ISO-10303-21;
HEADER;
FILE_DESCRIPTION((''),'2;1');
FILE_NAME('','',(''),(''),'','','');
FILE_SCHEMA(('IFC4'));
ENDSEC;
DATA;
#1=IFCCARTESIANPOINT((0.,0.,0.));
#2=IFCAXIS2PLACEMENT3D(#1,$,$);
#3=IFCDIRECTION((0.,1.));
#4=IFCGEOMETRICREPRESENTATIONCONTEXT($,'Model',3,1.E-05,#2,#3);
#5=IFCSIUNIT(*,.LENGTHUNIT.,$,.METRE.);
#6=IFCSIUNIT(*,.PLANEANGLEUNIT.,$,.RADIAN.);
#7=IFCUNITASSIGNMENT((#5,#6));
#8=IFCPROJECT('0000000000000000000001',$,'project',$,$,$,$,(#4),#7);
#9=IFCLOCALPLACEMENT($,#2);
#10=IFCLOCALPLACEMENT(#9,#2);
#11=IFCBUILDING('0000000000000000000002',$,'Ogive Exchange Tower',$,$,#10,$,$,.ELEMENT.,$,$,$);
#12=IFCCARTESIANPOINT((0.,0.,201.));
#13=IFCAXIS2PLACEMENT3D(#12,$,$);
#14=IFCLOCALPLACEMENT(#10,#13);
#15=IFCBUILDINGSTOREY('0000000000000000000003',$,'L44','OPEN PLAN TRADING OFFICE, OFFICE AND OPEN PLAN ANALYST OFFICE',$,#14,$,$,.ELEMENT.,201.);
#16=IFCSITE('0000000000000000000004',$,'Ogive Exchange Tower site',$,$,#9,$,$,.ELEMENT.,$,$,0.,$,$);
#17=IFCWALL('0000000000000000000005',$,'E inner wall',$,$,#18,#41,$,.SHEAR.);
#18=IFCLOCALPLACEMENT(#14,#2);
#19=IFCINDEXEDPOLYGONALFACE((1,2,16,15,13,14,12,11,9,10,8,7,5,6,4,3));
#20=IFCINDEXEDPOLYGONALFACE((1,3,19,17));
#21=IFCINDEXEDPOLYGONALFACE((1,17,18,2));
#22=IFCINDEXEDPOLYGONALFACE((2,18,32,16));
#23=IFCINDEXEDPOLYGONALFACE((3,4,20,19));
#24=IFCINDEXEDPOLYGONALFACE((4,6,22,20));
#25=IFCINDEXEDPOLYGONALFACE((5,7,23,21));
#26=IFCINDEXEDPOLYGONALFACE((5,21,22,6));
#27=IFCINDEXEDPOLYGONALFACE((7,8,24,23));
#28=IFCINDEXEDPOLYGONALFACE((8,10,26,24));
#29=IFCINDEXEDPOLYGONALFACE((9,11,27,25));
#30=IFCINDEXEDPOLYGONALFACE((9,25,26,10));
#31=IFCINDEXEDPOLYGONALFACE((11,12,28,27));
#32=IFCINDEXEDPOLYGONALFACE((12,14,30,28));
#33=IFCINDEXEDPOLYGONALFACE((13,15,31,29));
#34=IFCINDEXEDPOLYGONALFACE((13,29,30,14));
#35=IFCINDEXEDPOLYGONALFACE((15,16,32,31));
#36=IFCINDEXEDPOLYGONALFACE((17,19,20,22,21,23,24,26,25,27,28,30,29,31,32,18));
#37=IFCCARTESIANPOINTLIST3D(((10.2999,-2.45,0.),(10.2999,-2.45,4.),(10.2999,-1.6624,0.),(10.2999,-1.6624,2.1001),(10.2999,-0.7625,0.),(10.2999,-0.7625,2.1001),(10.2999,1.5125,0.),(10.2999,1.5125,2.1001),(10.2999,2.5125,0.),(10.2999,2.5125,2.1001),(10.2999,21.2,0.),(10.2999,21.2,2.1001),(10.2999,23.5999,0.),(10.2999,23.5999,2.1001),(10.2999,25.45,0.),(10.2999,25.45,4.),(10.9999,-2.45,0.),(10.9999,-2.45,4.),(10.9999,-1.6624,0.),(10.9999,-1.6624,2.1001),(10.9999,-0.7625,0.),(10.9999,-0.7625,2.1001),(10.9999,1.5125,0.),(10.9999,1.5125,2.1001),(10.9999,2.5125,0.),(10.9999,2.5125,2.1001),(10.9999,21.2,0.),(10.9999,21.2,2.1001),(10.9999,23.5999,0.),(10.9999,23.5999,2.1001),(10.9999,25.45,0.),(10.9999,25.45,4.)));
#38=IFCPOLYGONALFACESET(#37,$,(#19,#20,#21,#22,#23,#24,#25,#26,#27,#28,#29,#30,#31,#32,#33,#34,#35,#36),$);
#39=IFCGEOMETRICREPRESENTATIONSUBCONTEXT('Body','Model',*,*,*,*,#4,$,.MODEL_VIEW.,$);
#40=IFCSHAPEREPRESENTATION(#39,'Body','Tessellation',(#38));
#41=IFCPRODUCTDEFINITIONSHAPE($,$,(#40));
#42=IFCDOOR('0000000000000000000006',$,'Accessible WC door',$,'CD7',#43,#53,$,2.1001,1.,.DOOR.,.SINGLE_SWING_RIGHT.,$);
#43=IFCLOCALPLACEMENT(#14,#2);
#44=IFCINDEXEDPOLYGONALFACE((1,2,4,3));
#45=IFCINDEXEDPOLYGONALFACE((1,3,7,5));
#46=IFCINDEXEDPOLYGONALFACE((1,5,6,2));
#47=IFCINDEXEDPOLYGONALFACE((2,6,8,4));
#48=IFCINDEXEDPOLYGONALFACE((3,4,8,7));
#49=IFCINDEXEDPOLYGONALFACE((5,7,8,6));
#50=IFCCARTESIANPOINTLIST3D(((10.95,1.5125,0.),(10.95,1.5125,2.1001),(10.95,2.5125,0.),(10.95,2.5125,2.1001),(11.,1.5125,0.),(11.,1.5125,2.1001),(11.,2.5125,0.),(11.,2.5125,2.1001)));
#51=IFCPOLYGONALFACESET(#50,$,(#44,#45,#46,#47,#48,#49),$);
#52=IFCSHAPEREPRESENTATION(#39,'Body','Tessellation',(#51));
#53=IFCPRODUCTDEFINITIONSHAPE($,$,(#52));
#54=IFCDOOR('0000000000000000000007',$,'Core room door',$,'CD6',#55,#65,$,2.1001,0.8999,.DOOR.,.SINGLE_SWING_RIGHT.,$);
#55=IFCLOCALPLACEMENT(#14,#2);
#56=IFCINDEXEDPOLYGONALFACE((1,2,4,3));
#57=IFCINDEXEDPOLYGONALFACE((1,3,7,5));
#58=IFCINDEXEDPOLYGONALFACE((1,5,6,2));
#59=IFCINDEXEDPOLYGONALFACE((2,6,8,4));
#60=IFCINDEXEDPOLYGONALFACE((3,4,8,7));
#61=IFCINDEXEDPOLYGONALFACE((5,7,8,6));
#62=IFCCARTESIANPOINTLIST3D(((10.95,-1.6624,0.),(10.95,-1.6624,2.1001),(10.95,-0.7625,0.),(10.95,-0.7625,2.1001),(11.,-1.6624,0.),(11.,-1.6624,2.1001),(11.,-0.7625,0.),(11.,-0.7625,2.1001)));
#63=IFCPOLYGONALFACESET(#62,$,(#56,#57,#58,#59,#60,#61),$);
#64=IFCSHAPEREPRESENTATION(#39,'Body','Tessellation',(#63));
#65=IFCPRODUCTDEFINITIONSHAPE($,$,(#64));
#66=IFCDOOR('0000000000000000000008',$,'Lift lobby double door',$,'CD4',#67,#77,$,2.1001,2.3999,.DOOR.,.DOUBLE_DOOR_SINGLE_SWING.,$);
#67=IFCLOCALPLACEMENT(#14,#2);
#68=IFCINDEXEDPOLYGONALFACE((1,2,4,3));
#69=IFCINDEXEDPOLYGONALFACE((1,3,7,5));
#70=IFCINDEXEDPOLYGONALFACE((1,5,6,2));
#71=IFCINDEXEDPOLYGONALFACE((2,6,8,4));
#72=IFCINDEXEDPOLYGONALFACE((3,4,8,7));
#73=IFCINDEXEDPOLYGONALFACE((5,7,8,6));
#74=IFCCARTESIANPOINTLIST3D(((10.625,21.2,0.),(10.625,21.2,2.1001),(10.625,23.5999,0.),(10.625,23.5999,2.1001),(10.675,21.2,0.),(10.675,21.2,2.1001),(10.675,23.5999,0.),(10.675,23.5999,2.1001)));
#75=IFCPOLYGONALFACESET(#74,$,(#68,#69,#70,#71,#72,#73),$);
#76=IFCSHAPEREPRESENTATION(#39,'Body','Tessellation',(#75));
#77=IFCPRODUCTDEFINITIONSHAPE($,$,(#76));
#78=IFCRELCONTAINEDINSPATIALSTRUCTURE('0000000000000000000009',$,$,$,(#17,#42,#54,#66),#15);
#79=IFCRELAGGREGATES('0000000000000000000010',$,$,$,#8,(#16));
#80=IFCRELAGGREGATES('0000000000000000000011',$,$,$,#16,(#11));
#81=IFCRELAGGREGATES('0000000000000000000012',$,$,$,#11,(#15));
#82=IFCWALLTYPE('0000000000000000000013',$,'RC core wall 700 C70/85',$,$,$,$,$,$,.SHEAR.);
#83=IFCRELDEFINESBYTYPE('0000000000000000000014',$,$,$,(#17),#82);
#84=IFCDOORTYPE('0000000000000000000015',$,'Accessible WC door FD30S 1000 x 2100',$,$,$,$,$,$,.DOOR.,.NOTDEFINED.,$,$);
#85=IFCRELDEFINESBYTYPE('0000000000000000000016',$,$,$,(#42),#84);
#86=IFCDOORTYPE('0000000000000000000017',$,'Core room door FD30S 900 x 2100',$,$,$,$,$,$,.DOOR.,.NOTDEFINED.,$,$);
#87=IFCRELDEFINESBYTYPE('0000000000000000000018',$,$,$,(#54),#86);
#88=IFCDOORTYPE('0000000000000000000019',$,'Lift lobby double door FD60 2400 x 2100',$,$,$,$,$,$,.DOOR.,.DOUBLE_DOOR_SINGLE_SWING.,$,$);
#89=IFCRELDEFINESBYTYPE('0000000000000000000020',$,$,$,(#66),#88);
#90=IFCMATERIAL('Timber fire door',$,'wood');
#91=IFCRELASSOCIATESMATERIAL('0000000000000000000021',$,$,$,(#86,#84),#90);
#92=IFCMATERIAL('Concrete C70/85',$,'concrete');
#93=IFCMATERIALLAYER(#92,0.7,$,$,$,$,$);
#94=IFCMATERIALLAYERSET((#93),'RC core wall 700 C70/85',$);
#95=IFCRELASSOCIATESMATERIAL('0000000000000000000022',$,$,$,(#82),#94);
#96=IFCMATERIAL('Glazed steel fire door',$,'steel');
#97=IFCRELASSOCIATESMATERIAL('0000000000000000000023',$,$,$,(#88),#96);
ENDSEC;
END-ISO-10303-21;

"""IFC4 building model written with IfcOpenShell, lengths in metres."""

from ifc_helpers import new_model, si_unit, direction, frame, frame_2d, origin, place, context, subcontext, project, spatial, rectangle, extrude, material, layer, layer_set, type_object, element, fill, save


model = new_model("IFC4")

# Units and contexts
model_context = context("Model", 3, precision=1e-05, world=origin(), true_north=direction((0.0, 1.0)))
body_context = subcontext(model_context, "Body", "Model", "MODEL_VIEW")
ifc_project = project(units=[si_unit("LENGTHUNIT", "METRE"), si_unit("PLANEANGLEUNIT", "RADIAN")], contexts=[model_context])

# Site, building, storey
site_placement = place(None, origin())
site = spatial("IfcSite", under=ifc_project, at=site_placement, Name="Ogive Exchange Tower site", CompositionType="ELEMENT", RefElevation=0.0)
building_placement = place(site_placement, origin())
building = spatial("IfcBuilding", under=site, at=building_placement, Name="Ogive Exchange Tower", CompositionType="ELEMENT")
storey_placement = place(building_placement, frame((0.0, 0.0, 201.0)))
storey = spatial("IfcBuildingStorey", under=building, at=storey_placement, Name="L44", Description="OPEN PLAN TRADING OFFICE, OFFICE AND OPEN PLAN ANALYST OFFICE", CompositionType="ELEMENT", Elevation=201.0)

# Shared definitions
ifc_material_1 = material(Name="Concrete C70/85", Category="concrete")

# Shared definitions
ifc_material_2 = material(Name="Timber fire door", Category="wood")
door_type_1 = type_object("IfcDoorType", Name="Core room door FD30S 900 x 2100", OperationType="NOTDEFINED", PredefinedType="DOOR", material=ifc_material_2)

# Wall, openings, doors
ifc_layer_1 = layer(ifc_material_1, 0.7)
ifc_layer_set_1 = layer_set([ifc_layer_1], Name="RC core wall 700 C70/85")
wall_type_1 = type_object("IfcWallType", Name="RC core wall 700 C70/85", PredefinedType="SHEAR", material=ifc_layer_set_1)
wall_1_placement = place(storey_placement, frame((10.6499, -2.45, 0.0), z_axis=(0.0, 0.0, 1.0), x_axis=(0.0, 1.0, 0.0)))
wall_1 = element("IfcWall", 1, at=wall_1_placement, inside=storey, type_object=wall_type_1, Name="E inner wall", PredefinedType="SHEAR", context=body_context, shape_type="SweptSolid", body=[
    extrude(rectangle(XDim=27.8999, YDim=0.7, at=frame_2d((13.95, 0.0))), origin(), (0.0, 0.0, 1.0), 4.0),
])
opening_1_placement = place(wall_1_placement, frame((23.6499, 0.0, 0.0)))
opening_1 = element("IfcOpeningElement", 2, at=opening_1_placement, cuts=wall_1, PredefinedType="OPENING", context=body_context, shape_type="SweptSolid", body=[
    extrude(rectangle(XDim=2.3999, YDim=2.1001, at=frame_2d((1.2, 1.05))), frame((0.0, 0.3599, 0.0), z_axis=(0.0, -1.0, 0.0), x_axis=(1.0, 0.0, 0.0)), (0.0, 0.0, 1.0), 0.72),
])
opening_2_placement = place(wall_1_placement, frame((0.7876, 0.0, 0.0)))
opening_2 = element("IfcOpeningElement", 3, at=opening_2_placement, cuts=wall_1, PredefinedType="OPENING", context=body_context, shape_type="SweptSolid", body=[
    extrude(rectangle(XDim=0.8999, YDim=2.1001, at=frame_2d((0.45, 1.05))), frame((0.0, 0.3599, 0.0), z_axis=(0.0, -1.0, 0.0), x_axis=(1.0, 0.0, 0.0)), (0.0, 0.0, 1.0), 0.72),
])
opening_3_placement = place(wall_1_placement, frame((3.9624, 0.0, 0.0)))
opening_3 = element("IfcOpeningElement", 4, at=opening_3_placement, cuts=wall_1, PredefinedType="OPENING", context=body_context, shape_type="SweptSolid", body=[
    extrude(rectangle(XDim=1.0, YDim=2.1001, at=frame_2d((0.5, 1.05))), frame((0.0, 0.3599, 0.0), z_axis=(0.0, -1.0, 0.0), x_axis=(1.0, 0.0, 0.0)), (0.0, 0.0, 1.0), 0.72),
])
door_type_2 = type_object("IfcDoorType", Name="Accessible WC door FD30S 1000 x 2100", OperationType="NOTDEFINED", PredefinedType="DOOR", material=ifc_material_2)
door_1_placement = place(opening_3_placement, frame((1.0, -0.6499, 0.0), z_axis=(0.0, 0.0, 1.0), x_axis=(-1.0, 0.0, 0.0)))
door_1 = element("IfcDoor", 5, at=door_1_placement, inside=storey, type_object=door_type_2, Name="Accessible WC door", ObjectType="CD7", OperationType="SINGLE_SWING_RIGHT", OverallHeight=2.1001, OverallWidth=1.0, PredefinedType="DOOR", context=body_context, shape_type="SweptSolid", body=[
    extrude(rectangle(XDim=1.0, YDim=2.1001, at=frame_2d((0.5, 1.05))), frame((0.0, -0.2998, 0.0), z_axis=(0.0, -1.0, 0.0), x_axis=(1.0, 0.0, 0.0)), (0.0, 0.0, 1.0), 0.05),
])
fill(opening_3, door_1)
door_2_placement = place(opening_2_placement, frame((0.8999, -0.6499, 0.0), z_axis=(0.0, 0.0, 1.0), x_axis=(-1.0, 0.0, 0.0)))
door_2 = element("IfcDoor", 6, at=door_2_placement, inside=storey, type_object=door_type_1, Name="Core room door", ObjectType="CD6", OperationType="SINGLE_SWING_RIGHT", OverallHeight=2.1001, OverallWidth=0.8999, PredefinedType="DOOR", context=body_context, shape_type="SweptSolid", body=[
    extrude(rectangle(XDim=0.8999, YDim=2.1001, at=frame_2d((0.45, 1.05))), frame((0.0, -0.2998, 0.0), z_axis=(0.0, -1.0, 0.0), x_axis=(1.0, 0.0, 0.0)), (0.0, 0.0, 1.0), 0.05),
])
fill(opening_2, door_2)
ifc_material_3 = material(Name="Glazed steel fire door", Category="steel")
door_type_3 = type_object("IfcDoorType", Name="Lift lobby double door FD60 2400 x 2100", OperationType="DOUBLE_DOOR_SINGLE_SWING", PredefinedType="DOOR", material=ifc_material_3)
door_3_placement = place(opening_1_placement, origin())
door_3 = element("IfcDoor", 7, at=door_3_placement, inside=storey, type_object=door_type_3, Name="Lift lobby double door", ObjectType="CD4", OperationType="DOUBLE_DOOR_SINGLE_SWING", OverallHeight=2.1001, OverallWidth=2.3999, PredefinedType="DOOR", context=body_context, shape_type="SweptSolid", body=[
    extrude(rectangle(XDim=2.3999, YDim=2.1001, at=frame_2d((1.2, 1.05))), frame((0.0, 0.0249, 0.0), z_axis=(0.0, -1.0, 0.0), x_axis=(1.0, 0.0, 0.0)), (0.0, 0.0, 1.0), 0.05),
])
fill(opening_1, door_3)

save(model, "model.ifc")
